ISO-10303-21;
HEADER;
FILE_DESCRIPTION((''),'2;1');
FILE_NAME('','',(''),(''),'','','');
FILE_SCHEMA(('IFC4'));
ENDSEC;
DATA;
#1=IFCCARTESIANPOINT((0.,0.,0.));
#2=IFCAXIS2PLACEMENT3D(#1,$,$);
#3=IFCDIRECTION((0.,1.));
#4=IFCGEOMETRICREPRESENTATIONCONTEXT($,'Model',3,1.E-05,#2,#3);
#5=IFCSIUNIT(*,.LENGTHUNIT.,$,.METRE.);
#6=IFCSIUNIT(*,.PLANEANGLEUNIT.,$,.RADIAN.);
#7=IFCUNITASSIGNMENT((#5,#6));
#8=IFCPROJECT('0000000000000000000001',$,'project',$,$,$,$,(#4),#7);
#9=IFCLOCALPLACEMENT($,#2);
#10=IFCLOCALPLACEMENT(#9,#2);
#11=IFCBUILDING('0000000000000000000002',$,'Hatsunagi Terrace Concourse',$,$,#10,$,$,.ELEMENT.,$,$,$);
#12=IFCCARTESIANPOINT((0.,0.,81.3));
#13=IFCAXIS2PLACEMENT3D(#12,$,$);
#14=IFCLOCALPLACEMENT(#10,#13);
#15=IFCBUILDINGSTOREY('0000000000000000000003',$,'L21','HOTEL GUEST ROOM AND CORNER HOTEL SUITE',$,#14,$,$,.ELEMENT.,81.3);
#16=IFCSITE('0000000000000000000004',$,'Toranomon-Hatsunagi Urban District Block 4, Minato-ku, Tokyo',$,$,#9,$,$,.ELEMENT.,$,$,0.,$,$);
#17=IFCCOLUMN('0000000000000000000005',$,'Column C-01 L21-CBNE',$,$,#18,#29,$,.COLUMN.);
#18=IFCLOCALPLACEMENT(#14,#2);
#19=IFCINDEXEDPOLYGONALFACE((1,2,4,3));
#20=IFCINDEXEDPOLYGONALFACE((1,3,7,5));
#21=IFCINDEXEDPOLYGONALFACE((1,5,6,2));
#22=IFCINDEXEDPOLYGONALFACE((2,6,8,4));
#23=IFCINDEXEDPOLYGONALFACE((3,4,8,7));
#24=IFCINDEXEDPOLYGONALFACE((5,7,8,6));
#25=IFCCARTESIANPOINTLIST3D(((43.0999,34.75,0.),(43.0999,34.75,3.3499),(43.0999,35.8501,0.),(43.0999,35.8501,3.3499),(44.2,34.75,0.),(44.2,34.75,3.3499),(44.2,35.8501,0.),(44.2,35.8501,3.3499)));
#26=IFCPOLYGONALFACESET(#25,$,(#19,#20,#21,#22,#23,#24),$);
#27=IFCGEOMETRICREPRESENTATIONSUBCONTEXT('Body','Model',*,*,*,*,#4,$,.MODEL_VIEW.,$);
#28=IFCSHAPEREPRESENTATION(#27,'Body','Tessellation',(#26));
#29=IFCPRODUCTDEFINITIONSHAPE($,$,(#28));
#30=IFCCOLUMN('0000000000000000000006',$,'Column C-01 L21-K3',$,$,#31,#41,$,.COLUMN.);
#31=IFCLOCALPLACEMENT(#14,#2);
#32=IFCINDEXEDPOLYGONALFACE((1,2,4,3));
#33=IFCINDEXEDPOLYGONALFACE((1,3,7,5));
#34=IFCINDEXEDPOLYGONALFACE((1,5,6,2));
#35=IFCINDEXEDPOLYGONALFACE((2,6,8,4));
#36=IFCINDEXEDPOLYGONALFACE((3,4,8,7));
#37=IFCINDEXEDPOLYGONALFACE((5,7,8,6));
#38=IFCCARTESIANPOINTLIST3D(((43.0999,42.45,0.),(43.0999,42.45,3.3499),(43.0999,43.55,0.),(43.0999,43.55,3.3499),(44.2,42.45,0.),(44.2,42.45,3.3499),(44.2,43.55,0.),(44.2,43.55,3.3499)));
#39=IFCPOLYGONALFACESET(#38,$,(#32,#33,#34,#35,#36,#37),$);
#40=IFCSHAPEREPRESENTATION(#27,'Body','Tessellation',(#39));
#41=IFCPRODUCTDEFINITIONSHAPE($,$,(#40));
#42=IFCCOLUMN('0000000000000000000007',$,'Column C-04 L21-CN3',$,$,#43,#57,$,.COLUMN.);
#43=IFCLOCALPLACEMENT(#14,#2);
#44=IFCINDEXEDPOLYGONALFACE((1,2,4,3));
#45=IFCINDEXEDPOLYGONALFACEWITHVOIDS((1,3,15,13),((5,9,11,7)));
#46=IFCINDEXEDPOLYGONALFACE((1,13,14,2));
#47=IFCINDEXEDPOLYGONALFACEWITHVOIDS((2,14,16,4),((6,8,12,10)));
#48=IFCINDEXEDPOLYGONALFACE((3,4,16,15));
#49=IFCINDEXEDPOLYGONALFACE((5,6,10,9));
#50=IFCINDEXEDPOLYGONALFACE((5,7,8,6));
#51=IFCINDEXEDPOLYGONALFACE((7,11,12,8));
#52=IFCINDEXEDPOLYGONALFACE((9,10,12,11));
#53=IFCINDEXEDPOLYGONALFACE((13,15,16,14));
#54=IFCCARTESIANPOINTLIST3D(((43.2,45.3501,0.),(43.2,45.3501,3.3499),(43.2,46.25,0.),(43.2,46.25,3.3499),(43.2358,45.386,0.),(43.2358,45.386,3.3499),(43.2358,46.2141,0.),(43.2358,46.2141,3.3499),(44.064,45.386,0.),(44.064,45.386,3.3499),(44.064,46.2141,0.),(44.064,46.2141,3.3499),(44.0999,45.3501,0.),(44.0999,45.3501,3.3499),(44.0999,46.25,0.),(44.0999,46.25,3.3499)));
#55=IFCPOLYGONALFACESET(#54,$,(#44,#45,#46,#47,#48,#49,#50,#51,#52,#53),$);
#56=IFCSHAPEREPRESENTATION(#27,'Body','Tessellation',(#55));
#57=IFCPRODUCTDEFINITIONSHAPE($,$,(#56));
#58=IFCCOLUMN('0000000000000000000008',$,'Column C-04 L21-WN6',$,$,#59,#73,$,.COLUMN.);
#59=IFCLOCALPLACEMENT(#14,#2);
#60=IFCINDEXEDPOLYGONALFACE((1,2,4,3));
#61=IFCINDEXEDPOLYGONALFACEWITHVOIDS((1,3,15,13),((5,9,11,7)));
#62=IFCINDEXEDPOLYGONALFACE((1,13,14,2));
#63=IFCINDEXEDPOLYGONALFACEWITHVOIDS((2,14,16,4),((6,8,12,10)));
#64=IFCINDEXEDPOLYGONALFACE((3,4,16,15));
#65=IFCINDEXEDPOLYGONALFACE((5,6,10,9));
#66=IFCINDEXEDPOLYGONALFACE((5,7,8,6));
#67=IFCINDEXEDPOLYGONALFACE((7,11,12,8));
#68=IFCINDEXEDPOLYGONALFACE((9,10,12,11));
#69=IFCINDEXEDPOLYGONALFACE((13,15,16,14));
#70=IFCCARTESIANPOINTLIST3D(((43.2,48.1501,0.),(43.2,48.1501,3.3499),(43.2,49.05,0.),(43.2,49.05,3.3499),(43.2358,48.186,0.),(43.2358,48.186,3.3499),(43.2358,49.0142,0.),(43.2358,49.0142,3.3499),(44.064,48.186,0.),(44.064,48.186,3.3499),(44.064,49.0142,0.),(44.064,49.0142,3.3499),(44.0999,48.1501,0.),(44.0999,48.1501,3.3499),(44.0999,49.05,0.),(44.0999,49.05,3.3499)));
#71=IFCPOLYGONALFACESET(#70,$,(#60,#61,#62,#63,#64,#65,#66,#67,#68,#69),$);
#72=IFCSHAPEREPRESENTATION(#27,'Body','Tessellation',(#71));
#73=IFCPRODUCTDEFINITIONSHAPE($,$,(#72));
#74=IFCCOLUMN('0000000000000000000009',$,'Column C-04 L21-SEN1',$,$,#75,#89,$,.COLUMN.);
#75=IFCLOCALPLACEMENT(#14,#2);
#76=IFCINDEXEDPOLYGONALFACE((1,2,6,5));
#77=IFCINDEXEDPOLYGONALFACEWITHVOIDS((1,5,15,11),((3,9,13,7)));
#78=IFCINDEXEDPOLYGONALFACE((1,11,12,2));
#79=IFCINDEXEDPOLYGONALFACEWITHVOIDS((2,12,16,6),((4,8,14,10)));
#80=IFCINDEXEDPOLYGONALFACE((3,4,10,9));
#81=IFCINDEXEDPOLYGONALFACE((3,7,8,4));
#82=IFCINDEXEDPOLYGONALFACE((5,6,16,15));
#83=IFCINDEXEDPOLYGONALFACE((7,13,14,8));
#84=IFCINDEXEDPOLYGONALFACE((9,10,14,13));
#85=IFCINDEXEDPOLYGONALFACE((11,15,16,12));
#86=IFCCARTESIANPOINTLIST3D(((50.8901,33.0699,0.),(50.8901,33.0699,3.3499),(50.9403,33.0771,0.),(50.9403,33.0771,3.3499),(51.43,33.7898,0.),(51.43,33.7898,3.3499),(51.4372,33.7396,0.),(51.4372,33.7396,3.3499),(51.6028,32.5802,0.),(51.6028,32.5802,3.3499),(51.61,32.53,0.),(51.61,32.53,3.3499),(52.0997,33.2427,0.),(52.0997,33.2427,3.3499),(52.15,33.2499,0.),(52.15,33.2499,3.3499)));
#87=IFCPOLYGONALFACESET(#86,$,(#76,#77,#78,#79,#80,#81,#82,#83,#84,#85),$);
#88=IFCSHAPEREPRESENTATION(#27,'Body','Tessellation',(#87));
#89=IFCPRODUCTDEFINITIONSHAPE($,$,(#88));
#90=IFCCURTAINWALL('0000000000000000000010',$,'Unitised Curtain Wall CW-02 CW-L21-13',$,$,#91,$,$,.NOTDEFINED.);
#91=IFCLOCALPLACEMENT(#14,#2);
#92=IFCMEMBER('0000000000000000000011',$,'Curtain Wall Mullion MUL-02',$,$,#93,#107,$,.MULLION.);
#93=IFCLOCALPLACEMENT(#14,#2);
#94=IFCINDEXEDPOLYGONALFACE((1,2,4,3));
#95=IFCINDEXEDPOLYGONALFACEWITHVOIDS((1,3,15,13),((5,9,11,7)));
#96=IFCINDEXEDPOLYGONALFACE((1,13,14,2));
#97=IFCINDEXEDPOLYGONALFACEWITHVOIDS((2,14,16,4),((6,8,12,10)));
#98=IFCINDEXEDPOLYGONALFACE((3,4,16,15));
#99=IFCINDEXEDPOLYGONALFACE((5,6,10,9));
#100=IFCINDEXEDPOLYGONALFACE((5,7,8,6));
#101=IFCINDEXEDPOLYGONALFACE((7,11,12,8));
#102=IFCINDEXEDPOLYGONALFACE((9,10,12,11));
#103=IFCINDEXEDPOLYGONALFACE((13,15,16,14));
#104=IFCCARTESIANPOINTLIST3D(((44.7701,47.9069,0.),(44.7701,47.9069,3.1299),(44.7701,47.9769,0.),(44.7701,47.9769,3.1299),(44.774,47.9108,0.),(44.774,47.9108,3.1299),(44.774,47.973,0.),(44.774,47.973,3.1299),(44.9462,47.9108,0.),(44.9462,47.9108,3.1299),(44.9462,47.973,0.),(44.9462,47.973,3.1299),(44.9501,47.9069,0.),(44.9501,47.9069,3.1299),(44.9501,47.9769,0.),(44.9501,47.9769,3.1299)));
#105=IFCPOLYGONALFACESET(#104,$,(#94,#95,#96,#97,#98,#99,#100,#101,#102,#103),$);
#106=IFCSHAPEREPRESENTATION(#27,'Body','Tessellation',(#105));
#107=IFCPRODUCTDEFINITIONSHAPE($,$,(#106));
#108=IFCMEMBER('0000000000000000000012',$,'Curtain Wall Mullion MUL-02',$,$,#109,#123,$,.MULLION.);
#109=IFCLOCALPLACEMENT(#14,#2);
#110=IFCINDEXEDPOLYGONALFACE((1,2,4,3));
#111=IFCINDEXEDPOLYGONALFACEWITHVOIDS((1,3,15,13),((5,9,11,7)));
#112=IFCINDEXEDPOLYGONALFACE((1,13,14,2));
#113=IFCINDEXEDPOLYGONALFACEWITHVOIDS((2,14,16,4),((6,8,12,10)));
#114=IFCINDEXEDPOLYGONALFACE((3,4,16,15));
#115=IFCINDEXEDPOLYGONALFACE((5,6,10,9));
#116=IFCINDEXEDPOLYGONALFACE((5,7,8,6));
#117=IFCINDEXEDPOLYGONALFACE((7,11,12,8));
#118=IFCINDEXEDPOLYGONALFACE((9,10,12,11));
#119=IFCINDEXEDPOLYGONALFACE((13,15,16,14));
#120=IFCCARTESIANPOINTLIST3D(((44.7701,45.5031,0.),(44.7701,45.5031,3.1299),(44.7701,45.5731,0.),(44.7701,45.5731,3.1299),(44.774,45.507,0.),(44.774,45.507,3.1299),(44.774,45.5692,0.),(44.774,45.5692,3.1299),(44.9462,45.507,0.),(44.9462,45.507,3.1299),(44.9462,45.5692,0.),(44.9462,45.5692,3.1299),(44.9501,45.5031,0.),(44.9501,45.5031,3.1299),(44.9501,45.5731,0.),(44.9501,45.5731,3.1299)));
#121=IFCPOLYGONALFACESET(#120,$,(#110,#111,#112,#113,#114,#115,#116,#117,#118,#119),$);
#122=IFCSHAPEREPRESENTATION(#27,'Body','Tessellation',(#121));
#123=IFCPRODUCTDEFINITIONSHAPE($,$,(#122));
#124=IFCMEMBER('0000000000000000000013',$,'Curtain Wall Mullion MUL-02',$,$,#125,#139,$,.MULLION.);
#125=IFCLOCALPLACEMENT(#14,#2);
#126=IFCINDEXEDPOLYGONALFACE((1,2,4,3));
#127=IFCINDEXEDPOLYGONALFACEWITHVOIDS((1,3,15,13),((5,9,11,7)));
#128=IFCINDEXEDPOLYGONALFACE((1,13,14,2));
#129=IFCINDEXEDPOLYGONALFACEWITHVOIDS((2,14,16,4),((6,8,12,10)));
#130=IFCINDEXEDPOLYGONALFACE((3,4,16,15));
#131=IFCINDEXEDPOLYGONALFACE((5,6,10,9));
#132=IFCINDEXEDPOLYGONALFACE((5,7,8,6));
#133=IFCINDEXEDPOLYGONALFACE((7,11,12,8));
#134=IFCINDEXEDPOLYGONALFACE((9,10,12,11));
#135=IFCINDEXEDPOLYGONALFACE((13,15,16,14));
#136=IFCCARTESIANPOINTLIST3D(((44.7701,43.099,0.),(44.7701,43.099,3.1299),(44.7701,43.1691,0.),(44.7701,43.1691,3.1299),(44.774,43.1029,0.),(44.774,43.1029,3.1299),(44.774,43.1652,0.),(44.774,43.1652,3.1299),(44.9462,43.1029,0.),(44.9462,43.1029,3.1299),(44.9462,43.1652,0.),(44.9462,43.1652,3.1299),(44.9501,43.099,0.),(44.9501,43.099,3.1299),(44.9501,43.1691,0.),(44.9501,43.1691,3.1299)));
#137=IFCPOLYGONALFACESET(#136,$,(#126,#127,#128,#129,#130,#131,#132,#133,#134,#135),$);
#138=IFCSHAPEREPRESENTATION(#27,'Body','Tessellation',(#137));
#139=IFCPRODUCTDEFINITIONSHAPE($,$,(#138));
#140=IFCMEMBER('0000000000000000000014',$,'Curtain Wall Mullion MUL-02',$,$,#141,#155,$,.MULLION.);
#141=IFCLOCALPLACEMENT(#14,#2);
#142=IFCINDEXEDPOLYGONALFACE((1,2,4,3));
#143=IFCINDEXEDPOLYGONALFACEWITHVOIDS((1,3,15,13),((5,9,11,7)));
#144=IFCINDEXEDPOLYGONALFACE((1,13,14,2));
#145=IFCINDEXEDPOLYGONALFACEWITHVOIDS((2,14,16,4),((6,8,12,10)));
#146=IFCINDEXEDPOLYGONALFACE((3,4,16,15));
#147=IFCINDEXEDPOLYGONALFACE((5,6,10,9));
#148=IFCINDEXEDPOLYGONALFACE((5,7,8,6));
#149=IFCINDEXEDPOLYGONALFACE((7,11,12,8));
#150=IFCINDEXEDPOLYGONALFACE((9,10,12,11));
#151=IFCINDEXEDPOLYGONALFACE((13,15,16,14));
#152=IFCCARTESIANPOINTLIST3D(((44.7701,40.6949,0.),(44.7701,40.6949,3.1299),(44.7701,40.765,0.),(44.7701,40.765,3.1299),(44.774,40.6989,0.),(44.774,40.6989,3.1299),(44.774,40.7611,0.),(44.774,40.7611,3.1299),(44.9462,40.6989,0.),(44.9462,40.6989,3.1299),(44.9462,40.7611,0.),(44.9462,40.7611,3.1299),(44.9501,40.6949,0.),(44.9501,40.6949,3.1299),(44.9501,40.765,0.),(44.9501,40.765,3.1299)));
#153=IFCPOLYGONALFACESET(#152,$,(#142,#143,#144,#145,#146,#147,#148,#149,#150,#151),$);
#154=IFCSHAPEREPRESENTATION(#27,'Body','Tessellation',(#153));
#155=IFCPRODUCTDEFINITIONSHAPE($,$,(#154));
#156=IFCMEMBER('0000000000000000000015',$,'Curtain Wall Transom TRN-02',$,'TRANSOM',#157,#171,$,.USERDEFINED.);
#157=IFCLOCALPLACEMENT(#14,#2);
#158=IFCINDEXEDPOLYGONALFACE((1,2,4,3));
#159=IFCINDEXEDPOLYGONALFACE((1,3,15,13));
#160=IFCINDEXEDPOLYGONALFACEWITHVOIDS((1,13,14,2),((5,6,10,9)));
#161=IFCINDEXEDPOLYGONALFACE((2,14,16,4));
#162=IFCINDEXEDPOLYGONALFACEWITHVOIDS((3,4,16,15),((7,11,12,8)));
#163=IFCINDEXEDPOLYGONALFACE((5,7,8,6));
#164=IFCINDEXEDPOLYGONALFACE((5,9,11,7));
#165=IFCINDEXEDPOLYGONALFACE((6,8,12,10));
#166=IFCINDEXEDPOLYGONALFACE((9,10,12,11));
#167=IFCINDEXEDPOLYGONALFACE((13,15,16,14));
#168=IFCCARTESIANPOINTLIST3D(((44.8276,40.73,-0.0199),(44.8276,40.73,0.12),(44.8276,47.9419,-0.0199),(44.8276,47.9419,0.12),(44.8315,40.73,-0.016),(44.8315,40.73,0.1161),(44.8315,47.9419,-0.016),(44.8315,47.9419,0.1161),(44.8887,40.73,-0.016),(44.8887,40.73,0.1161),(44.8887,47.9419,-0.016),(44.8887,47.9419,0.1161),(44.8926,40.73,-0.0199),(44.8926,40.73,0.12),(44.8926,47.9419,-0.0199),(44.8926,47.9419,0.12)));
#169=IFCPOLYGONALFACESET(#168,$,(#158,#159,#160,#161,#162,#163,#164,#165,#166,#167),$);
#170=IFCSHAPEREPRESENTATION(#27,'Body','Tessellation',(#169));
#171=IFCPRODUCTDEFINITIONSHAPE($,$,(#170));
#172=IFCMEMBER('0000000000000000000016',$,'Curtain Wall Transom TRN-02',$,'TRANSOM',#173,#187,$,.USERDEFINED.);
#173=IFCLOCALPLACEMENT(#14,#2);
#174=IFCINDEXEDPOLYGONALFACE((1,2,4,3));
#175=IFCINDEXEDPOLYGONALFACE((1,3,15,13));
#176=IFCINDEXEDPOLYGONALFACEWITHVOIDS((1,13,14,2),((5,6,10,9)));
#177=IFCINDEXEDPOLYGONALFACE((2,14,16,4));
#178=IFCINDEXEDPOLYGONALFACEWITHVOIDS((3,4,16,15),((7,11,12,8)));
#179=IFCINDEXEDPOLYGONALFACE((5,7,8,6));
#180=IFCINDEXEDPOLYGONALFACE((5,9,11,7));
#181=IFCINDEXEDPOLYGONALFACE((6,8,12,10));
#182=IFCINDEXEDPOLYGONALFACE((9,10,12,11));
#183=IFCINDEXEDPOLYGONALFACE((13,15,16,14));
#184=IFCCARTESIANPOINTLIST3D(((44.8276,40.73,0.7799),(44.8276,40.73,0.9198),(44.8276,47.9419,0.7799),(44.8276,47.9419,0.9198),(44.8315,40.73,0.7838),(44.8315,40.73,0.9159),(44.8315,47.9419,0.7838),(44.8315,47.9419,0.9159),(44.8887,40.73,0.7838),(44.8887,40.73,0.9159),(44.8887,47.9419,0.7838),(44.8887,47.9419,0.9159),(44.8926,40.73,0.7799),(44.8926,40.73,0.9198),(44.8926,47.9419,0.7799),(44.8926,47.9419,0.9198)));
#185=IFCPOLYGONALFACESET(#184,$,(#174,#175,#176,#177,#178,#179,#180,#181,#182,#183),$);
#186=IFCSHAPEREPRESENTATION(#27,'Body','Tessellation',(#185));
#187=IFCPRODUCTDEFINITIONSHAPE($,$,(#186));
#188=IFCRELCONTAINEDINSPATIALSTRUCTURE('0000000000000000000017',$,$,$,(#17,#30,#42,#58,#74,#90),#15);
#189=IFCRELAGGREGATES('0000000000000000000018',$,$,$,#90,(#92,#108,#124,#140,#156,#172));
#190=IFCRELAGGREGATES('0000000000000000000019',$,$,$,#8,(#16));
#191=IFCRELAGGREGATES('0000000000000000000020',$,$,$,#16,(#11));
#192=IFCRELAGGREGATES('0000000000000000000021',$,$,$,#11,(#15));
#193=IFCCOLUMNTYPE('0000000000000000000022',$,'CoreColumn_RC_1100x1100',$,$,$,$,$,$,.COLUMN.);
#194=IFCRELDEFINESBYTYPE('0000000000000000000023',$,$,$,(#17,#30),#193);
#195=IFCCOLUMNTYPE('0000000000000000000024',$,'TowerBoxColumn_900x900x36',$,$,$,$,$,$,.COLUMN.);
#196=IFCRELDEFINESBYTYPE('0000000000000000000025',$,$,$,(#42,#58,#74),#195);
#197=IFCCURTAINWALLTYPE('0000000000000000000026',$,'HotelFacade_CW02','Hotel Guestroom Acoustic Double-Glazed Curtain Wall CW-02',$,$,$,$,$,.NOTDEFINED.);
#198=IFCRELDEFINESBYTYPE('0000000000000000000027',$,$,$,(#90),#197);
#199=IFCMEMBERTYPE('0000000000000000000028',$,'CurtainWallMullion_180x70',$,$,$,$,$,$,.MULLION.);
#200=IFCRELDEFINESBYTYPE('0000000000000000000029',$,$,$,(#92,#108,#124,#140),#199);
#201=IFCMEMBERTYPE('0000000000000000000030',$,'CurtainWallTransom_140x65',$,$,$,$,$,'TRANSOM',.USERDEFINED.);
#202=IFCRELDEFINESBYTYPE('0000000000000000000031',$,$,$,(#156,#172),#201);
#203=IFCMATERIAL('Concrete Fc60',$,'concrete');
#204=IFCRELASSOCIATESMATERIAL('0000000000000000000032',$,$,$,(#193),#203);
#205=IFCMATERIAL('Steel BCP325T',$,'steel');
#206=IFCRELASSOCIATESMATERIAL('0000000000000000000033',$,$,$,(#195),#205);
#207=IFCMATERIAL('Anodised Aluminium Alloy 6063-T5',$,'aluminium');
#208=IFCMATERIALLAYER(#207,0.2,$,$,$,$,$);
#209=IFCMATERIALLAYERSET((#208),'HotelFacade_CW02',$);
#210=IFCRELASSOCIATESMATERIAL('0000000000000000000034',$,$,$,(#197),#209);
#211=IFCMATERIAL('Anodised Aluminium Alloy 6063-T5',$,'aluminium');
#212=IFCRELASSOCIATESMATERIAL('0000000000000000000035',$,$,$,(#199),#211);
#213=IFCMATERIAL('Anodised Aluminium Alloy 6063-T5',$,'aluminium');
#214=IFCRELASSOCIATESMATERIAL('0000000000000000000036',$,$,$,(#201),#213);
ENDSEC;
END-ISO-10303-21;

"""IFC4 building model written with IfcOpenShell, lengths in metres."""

from ifc_helpers import new_model, si_unit, direction, frame, origin, origin_2d, place, context, subcontext, project, spatial, rectangle, hollow_rectangle, extrude, material, layer, layer_set, material_profile, profile_set, type_object, element, aggregate, save


model = new_model("IFC4")

# Units and contexts
model_context = context("Model", 3, precision=1e-05, world=origin(), true_north=direction((0.0, 1.0)))
body_context = subcontext(model_context, "Body", "Model", "MODEL_VIEW")
ifc_project = project(units=[si_unit("LENGTHUNIT", "METRE"), si_unit("PLANEANGLEUNIT", "RADIAN")], contexts=[model_context])

# Site, building, storey
site_placement = place(None, origin())
site = spatial("IfcSite", under=ifc_project, at=site_placement, Name="Toranomon-Hatsunagi Urban District Block 4, Minato-ku, Tokyo", CompositionType="ELEMENT", RefElevation=0.0)
building_placement = place(site_placement, origin())
building = spatial("IfcBuilding", under=site, at=building_placement, Name="Hatsunagi Terrace Concourse", CompositionType="ELEMENT")
storey_placement = place(building_placement, frame((0.0, 0.0, 81.3)))
storey = spatial("IfcBuildingStorey", under=building, at=storey_placement, Name="L21", Description="HOTEL GUEST ROOM AND CORNER HOTEL SUITE", CompositionType="ELEMENT", Elevation=81.3)

# Columns
ifc_material_1 = material(Name="Concrete Fc60", Category="concrete")
ifc_material_profile_1 = material_profile(ifc_material_1, rectangle(XDim=1.1001, YDim=1.1001, at=origin_2d()), Name="RC-1100x1100")
ifc_profile_set_1 = profile_set([ifc_material_profile_1], Name="Concrete Fc60")
column_type_1 = type_object("IfcColumnType", Name="CoreColumn_RC_1100x1100", PredefinedType="COLUMN", material=ifc_profile_set_1)
for number, where, z_axis, x_axis, name in (
    (1, (43.6499, 35.3, 0.0), (0.0, 0.0, 1.0), (1.0, 0.0, 0.0), "Column C-01 L21-CBNE"),
    (2, (43.6499, 43.0, 0.0), (0.0, 0.0, 1.0), (1.0, 0.0, 0.0), "Column C-01 L21-K3"),
):
    element("IfcColumn", number, at=place(storey_placement, frame(where, z_axis=z_axis, x_axis=x_axis)), inside=storey, type_object=column_type_1, Name=name, PredefinedType="COLUMN", context=body_context, shape_type="SweptSolid", body=[
        extrude(rectangle(XDim=1.1001, YDim=1.1001, at=origin_2d()), origin(), (0.0, 0.0, 1.0), 3.3499),
    ])
ifc_material_2 = material(Name="Steel BCP325T", Category="steel")
ifc_material_profile_2 = material_profile(ifc_material_2, hollow_rectangle(XDim=0.8999, YDim=0.8999, WallThickness=0.0359, at=origin_2d()), Name="BCP-900x900x36")
ifc_profile_set_2 = profile_set([ifc_material_profile_2], Name="Steel BCP325T")
column_type_2 = type_object("IfcColumnType", Name="TowerBoxColumn_900x900x36", PredefinedType="COLUMN", material=ifc_profile_set_2)
for number, where, z_axis, x_axis, name in (
    (3, (43.6499, 45.8, 0.0), (0.0, 0.0, 1.0), (1.0, 0.0, 0.0), "Column C-04 L21-CN3"),
    (4, (43.6499, 48.6001, 0.0), (0.0, 0.0, 1.0), (1.0, 0.0, 0.0), "Column C-04 L21-WN6"),
    (5, (51.52, 33.1599, 0.0), (0.0, 0.0, 1.0), (0.8, -0.6, 0.0), "Column C-04 L21-SEN1"),
):
    element("IfcColumn", number, at=place(storey_placement, frame(where, z_axis=z_axis, x_axis=x_axis)), inside=storey, type_object=column_type_2, Name=name, PredefinedType="COLUMN", context=body_context, shape_type="SweptSolid", body=[
        extrude(hollow_rectangle(XDim=0.8999, YDim=0.8999, WallThickness=0.0359, at=origin_2d()), origin(), (0.0, 0.0, 1.0), 3.3499),
    ])

# Curtain wall, members
ifc_material_3 = material(Name="Anodised Aluminium Alloy 6063-T5", Category="aluminium")
ifc_layer_1 = layer(ifc_material_3, 0.2)
ifc_layer_set_1 = layer_set([ifc_layer_1], Name="HotelFacade_CW02")
curtain_wall_type = type_object("IfcCurtainWallType", Name="HotelFacade_CW02", Description="Hotel Guestroom Acoustic Double-Glazed Curtain Wall CW-02", PredefinedType="NOTDEFINED", material=ifc_layer_set_1)
curtain_wall_placement = place(storey_placement, origin())
curtain_wall = element("IfcCurtainWall", 6, at=curtain_wall_placement, inside=storey, type_object=curtain_wall_type, Name="Unitised Curtain Wall CW-02 CW-L21-13", PredefinedType="NOTDEFINED")
ifc_material_4 = material(Name="Anodised Aluminium Alloy 6063-T5", Category="aluminium")
ifc_material_profile_3 = material_profile(ifc_material_4, hollow_rectangle(XDim=0.0701, YDim=0.1799, WallThickness=0.0039, at=origin_2d()), Name="ALU-MUL-180x70x4")
ifc_profile_set_3 = profile_set([ifc_material_profile_3], Name="Anodised Aluminium Alloy 6063-T5")
member_type_1 = type_object("IfcMemberType", Name="CurtainWallMullion_180x70", PredefinedType="MULLION", material=ifc_profile_set_3)
member_1_placement = place(storey_placement, frame((44.8601, 47.9419, 0.0), z_axis=(0.0, 0.0, 1.0), x_axis=(0.0, -1.0, 0.0)))
member_1 = element("IfcMember", 7, at=member_1_placement, type_object=member_type_1, Name="Curtain Wall Mullion MUL-02", PredefinedType="MULLION", context=body_context, shape_type="SweptSolid", body=[
    extrude(hollow_rectangle(XDim=0.0701, YDim=0.1799, WallThickness=0.0039, at=origin_2d()), origin(), (0.0, 0.0, 1.0), 3.1299),
])
member_2_placement = place(storey_placement, frame((44.8601, 45.5381, 0.0), z_axis=(0.0, 0.0, 1.0), x_axis=(0.0, -1.0, 0.0)))
member_2 = element("IfcMember", 8, at=member_2_placement, type_object=member_type_1, Name="Curtain Wall Mullion MUL-02", PredefinedType="MULLION", context=body_context, shape_type="SweptSolid", body=[
    extrude(hollow_rectangle(XDim=0.0701, YDim=0.1799, WallThickness=0.0039, at=origin_2d()), origin(), (0.0, 0.0, 1.0), 3.1299),
])
member_3_placement = place(storey_placement, frame((44.8601, 43.134, 0.0), z_axis=(0.0, 0.0, 1.0), x_axis=(0.0, -1.0, 0.0)))
member_3 = element("IfcMember", 9, at=member_3_placement, type_object=member_type_1, Name="Curtain Wall Mullion MUL-02", PredefinedType="MULLION", context=body_context, shape_type="SweptSolid", body=[
    extrude(hollow_rectangle(XDim=0.0701, YDim=0.1799, WallThickness=0.0039, at=origin_2d()), origin(), (0.0, 0.0, 1.0), 3.1299),
])
member_4_placement = place(storey_placement, frame((44.8601, 40.73, 0.0), z_axis=(0.0, 0.0, 1.0), x_axis=(0.0, -1.0, 0.0)))
member_4 = element("IfcMember", 10, at=member_4_placement, type_object=member_type_1, Name="Curtain Wall Mullion MUL-02", PredefinedType="MULLION", context=body_context, shape_type="SweptSolid", body=[
    extrude(hollow_rectangle(XDim=0.0701, YDim=0.1799, WallThickness=0.0039, at=origin_2d()), origin(), (0.0, 0.0, 1.0), 3.1299),
])
ifc_material_5 = material(Name="Anodised Aluminium Alloy 6063-T5", Category="aluminium")
ifc_material_profile_4 = material_profile(ifc_material_5, hollow_rectangle(XDim=0.0649, YDim=0.1399, WallThickness=0.0039, at=origin_2d()), Name="ALU-TRN-140x65x4")
ifc_profile_set_4 = profile_set([ifc_material_profile_4], Name="Anodised Aluminium Alloy 6063-T5")
member_type_2 = type_object("IfcMemberType", Name="CurtainWallTransom_140x65", ElementType="TRANSOM", PredefinedType="USERDEFINED", material=ifc_profile_set_4)
member_5_placement = place(storey_placement, frame((44.8601, 47.9419, 0.05), z_axis=(0.0, -1.0, 0.0), x_axis=(1.0, 0.0, 0.0)))
member_5 = element("IfcMember", 11, at=member_5_placement, type_object=member_type_2, Name="Curtain Wall Transom TRN-02", ObjectType="TRANSOM", PredefinedType="USERDEFINED", context=body_context, shape_type="SweptSolid", body=[
    extrude(hollow_rectangle(XDim=0.0649, YDim=0.1399, WallThickness=0.0039, at=origin_2d()), origin(), (0.0, 0.0, 1.0), 7.2119),
])
member_6_placement = place(storey_placement, frame((44.8601, 47.9419, 0.8499), z_axis=(0.0, -1.0, 0.0), x_axis=(1.0, 0.0, 0.0)))
member_6 = element("IfcMember", 12, at=member_6_placement, type_object=member_type_2, Name="Curtain Wall Transom TRN-02", ObjectType="TRANSOM", PredefinedType="USERDEFINED", context=body_context, shape_type="SweptSolid", body=[
    extrude(hollow_rectangle(XDim=0.0649, YDim=0.1399, WallThickness=0.0039, at=origin_2d()), origin(), (0.0, 0.0, 1.0), 7.2119),
])

aggregate(curtain_wall, [member_1, member_2, member_3, member_4, member_5, member_6])

save(model, "model.ifc")
